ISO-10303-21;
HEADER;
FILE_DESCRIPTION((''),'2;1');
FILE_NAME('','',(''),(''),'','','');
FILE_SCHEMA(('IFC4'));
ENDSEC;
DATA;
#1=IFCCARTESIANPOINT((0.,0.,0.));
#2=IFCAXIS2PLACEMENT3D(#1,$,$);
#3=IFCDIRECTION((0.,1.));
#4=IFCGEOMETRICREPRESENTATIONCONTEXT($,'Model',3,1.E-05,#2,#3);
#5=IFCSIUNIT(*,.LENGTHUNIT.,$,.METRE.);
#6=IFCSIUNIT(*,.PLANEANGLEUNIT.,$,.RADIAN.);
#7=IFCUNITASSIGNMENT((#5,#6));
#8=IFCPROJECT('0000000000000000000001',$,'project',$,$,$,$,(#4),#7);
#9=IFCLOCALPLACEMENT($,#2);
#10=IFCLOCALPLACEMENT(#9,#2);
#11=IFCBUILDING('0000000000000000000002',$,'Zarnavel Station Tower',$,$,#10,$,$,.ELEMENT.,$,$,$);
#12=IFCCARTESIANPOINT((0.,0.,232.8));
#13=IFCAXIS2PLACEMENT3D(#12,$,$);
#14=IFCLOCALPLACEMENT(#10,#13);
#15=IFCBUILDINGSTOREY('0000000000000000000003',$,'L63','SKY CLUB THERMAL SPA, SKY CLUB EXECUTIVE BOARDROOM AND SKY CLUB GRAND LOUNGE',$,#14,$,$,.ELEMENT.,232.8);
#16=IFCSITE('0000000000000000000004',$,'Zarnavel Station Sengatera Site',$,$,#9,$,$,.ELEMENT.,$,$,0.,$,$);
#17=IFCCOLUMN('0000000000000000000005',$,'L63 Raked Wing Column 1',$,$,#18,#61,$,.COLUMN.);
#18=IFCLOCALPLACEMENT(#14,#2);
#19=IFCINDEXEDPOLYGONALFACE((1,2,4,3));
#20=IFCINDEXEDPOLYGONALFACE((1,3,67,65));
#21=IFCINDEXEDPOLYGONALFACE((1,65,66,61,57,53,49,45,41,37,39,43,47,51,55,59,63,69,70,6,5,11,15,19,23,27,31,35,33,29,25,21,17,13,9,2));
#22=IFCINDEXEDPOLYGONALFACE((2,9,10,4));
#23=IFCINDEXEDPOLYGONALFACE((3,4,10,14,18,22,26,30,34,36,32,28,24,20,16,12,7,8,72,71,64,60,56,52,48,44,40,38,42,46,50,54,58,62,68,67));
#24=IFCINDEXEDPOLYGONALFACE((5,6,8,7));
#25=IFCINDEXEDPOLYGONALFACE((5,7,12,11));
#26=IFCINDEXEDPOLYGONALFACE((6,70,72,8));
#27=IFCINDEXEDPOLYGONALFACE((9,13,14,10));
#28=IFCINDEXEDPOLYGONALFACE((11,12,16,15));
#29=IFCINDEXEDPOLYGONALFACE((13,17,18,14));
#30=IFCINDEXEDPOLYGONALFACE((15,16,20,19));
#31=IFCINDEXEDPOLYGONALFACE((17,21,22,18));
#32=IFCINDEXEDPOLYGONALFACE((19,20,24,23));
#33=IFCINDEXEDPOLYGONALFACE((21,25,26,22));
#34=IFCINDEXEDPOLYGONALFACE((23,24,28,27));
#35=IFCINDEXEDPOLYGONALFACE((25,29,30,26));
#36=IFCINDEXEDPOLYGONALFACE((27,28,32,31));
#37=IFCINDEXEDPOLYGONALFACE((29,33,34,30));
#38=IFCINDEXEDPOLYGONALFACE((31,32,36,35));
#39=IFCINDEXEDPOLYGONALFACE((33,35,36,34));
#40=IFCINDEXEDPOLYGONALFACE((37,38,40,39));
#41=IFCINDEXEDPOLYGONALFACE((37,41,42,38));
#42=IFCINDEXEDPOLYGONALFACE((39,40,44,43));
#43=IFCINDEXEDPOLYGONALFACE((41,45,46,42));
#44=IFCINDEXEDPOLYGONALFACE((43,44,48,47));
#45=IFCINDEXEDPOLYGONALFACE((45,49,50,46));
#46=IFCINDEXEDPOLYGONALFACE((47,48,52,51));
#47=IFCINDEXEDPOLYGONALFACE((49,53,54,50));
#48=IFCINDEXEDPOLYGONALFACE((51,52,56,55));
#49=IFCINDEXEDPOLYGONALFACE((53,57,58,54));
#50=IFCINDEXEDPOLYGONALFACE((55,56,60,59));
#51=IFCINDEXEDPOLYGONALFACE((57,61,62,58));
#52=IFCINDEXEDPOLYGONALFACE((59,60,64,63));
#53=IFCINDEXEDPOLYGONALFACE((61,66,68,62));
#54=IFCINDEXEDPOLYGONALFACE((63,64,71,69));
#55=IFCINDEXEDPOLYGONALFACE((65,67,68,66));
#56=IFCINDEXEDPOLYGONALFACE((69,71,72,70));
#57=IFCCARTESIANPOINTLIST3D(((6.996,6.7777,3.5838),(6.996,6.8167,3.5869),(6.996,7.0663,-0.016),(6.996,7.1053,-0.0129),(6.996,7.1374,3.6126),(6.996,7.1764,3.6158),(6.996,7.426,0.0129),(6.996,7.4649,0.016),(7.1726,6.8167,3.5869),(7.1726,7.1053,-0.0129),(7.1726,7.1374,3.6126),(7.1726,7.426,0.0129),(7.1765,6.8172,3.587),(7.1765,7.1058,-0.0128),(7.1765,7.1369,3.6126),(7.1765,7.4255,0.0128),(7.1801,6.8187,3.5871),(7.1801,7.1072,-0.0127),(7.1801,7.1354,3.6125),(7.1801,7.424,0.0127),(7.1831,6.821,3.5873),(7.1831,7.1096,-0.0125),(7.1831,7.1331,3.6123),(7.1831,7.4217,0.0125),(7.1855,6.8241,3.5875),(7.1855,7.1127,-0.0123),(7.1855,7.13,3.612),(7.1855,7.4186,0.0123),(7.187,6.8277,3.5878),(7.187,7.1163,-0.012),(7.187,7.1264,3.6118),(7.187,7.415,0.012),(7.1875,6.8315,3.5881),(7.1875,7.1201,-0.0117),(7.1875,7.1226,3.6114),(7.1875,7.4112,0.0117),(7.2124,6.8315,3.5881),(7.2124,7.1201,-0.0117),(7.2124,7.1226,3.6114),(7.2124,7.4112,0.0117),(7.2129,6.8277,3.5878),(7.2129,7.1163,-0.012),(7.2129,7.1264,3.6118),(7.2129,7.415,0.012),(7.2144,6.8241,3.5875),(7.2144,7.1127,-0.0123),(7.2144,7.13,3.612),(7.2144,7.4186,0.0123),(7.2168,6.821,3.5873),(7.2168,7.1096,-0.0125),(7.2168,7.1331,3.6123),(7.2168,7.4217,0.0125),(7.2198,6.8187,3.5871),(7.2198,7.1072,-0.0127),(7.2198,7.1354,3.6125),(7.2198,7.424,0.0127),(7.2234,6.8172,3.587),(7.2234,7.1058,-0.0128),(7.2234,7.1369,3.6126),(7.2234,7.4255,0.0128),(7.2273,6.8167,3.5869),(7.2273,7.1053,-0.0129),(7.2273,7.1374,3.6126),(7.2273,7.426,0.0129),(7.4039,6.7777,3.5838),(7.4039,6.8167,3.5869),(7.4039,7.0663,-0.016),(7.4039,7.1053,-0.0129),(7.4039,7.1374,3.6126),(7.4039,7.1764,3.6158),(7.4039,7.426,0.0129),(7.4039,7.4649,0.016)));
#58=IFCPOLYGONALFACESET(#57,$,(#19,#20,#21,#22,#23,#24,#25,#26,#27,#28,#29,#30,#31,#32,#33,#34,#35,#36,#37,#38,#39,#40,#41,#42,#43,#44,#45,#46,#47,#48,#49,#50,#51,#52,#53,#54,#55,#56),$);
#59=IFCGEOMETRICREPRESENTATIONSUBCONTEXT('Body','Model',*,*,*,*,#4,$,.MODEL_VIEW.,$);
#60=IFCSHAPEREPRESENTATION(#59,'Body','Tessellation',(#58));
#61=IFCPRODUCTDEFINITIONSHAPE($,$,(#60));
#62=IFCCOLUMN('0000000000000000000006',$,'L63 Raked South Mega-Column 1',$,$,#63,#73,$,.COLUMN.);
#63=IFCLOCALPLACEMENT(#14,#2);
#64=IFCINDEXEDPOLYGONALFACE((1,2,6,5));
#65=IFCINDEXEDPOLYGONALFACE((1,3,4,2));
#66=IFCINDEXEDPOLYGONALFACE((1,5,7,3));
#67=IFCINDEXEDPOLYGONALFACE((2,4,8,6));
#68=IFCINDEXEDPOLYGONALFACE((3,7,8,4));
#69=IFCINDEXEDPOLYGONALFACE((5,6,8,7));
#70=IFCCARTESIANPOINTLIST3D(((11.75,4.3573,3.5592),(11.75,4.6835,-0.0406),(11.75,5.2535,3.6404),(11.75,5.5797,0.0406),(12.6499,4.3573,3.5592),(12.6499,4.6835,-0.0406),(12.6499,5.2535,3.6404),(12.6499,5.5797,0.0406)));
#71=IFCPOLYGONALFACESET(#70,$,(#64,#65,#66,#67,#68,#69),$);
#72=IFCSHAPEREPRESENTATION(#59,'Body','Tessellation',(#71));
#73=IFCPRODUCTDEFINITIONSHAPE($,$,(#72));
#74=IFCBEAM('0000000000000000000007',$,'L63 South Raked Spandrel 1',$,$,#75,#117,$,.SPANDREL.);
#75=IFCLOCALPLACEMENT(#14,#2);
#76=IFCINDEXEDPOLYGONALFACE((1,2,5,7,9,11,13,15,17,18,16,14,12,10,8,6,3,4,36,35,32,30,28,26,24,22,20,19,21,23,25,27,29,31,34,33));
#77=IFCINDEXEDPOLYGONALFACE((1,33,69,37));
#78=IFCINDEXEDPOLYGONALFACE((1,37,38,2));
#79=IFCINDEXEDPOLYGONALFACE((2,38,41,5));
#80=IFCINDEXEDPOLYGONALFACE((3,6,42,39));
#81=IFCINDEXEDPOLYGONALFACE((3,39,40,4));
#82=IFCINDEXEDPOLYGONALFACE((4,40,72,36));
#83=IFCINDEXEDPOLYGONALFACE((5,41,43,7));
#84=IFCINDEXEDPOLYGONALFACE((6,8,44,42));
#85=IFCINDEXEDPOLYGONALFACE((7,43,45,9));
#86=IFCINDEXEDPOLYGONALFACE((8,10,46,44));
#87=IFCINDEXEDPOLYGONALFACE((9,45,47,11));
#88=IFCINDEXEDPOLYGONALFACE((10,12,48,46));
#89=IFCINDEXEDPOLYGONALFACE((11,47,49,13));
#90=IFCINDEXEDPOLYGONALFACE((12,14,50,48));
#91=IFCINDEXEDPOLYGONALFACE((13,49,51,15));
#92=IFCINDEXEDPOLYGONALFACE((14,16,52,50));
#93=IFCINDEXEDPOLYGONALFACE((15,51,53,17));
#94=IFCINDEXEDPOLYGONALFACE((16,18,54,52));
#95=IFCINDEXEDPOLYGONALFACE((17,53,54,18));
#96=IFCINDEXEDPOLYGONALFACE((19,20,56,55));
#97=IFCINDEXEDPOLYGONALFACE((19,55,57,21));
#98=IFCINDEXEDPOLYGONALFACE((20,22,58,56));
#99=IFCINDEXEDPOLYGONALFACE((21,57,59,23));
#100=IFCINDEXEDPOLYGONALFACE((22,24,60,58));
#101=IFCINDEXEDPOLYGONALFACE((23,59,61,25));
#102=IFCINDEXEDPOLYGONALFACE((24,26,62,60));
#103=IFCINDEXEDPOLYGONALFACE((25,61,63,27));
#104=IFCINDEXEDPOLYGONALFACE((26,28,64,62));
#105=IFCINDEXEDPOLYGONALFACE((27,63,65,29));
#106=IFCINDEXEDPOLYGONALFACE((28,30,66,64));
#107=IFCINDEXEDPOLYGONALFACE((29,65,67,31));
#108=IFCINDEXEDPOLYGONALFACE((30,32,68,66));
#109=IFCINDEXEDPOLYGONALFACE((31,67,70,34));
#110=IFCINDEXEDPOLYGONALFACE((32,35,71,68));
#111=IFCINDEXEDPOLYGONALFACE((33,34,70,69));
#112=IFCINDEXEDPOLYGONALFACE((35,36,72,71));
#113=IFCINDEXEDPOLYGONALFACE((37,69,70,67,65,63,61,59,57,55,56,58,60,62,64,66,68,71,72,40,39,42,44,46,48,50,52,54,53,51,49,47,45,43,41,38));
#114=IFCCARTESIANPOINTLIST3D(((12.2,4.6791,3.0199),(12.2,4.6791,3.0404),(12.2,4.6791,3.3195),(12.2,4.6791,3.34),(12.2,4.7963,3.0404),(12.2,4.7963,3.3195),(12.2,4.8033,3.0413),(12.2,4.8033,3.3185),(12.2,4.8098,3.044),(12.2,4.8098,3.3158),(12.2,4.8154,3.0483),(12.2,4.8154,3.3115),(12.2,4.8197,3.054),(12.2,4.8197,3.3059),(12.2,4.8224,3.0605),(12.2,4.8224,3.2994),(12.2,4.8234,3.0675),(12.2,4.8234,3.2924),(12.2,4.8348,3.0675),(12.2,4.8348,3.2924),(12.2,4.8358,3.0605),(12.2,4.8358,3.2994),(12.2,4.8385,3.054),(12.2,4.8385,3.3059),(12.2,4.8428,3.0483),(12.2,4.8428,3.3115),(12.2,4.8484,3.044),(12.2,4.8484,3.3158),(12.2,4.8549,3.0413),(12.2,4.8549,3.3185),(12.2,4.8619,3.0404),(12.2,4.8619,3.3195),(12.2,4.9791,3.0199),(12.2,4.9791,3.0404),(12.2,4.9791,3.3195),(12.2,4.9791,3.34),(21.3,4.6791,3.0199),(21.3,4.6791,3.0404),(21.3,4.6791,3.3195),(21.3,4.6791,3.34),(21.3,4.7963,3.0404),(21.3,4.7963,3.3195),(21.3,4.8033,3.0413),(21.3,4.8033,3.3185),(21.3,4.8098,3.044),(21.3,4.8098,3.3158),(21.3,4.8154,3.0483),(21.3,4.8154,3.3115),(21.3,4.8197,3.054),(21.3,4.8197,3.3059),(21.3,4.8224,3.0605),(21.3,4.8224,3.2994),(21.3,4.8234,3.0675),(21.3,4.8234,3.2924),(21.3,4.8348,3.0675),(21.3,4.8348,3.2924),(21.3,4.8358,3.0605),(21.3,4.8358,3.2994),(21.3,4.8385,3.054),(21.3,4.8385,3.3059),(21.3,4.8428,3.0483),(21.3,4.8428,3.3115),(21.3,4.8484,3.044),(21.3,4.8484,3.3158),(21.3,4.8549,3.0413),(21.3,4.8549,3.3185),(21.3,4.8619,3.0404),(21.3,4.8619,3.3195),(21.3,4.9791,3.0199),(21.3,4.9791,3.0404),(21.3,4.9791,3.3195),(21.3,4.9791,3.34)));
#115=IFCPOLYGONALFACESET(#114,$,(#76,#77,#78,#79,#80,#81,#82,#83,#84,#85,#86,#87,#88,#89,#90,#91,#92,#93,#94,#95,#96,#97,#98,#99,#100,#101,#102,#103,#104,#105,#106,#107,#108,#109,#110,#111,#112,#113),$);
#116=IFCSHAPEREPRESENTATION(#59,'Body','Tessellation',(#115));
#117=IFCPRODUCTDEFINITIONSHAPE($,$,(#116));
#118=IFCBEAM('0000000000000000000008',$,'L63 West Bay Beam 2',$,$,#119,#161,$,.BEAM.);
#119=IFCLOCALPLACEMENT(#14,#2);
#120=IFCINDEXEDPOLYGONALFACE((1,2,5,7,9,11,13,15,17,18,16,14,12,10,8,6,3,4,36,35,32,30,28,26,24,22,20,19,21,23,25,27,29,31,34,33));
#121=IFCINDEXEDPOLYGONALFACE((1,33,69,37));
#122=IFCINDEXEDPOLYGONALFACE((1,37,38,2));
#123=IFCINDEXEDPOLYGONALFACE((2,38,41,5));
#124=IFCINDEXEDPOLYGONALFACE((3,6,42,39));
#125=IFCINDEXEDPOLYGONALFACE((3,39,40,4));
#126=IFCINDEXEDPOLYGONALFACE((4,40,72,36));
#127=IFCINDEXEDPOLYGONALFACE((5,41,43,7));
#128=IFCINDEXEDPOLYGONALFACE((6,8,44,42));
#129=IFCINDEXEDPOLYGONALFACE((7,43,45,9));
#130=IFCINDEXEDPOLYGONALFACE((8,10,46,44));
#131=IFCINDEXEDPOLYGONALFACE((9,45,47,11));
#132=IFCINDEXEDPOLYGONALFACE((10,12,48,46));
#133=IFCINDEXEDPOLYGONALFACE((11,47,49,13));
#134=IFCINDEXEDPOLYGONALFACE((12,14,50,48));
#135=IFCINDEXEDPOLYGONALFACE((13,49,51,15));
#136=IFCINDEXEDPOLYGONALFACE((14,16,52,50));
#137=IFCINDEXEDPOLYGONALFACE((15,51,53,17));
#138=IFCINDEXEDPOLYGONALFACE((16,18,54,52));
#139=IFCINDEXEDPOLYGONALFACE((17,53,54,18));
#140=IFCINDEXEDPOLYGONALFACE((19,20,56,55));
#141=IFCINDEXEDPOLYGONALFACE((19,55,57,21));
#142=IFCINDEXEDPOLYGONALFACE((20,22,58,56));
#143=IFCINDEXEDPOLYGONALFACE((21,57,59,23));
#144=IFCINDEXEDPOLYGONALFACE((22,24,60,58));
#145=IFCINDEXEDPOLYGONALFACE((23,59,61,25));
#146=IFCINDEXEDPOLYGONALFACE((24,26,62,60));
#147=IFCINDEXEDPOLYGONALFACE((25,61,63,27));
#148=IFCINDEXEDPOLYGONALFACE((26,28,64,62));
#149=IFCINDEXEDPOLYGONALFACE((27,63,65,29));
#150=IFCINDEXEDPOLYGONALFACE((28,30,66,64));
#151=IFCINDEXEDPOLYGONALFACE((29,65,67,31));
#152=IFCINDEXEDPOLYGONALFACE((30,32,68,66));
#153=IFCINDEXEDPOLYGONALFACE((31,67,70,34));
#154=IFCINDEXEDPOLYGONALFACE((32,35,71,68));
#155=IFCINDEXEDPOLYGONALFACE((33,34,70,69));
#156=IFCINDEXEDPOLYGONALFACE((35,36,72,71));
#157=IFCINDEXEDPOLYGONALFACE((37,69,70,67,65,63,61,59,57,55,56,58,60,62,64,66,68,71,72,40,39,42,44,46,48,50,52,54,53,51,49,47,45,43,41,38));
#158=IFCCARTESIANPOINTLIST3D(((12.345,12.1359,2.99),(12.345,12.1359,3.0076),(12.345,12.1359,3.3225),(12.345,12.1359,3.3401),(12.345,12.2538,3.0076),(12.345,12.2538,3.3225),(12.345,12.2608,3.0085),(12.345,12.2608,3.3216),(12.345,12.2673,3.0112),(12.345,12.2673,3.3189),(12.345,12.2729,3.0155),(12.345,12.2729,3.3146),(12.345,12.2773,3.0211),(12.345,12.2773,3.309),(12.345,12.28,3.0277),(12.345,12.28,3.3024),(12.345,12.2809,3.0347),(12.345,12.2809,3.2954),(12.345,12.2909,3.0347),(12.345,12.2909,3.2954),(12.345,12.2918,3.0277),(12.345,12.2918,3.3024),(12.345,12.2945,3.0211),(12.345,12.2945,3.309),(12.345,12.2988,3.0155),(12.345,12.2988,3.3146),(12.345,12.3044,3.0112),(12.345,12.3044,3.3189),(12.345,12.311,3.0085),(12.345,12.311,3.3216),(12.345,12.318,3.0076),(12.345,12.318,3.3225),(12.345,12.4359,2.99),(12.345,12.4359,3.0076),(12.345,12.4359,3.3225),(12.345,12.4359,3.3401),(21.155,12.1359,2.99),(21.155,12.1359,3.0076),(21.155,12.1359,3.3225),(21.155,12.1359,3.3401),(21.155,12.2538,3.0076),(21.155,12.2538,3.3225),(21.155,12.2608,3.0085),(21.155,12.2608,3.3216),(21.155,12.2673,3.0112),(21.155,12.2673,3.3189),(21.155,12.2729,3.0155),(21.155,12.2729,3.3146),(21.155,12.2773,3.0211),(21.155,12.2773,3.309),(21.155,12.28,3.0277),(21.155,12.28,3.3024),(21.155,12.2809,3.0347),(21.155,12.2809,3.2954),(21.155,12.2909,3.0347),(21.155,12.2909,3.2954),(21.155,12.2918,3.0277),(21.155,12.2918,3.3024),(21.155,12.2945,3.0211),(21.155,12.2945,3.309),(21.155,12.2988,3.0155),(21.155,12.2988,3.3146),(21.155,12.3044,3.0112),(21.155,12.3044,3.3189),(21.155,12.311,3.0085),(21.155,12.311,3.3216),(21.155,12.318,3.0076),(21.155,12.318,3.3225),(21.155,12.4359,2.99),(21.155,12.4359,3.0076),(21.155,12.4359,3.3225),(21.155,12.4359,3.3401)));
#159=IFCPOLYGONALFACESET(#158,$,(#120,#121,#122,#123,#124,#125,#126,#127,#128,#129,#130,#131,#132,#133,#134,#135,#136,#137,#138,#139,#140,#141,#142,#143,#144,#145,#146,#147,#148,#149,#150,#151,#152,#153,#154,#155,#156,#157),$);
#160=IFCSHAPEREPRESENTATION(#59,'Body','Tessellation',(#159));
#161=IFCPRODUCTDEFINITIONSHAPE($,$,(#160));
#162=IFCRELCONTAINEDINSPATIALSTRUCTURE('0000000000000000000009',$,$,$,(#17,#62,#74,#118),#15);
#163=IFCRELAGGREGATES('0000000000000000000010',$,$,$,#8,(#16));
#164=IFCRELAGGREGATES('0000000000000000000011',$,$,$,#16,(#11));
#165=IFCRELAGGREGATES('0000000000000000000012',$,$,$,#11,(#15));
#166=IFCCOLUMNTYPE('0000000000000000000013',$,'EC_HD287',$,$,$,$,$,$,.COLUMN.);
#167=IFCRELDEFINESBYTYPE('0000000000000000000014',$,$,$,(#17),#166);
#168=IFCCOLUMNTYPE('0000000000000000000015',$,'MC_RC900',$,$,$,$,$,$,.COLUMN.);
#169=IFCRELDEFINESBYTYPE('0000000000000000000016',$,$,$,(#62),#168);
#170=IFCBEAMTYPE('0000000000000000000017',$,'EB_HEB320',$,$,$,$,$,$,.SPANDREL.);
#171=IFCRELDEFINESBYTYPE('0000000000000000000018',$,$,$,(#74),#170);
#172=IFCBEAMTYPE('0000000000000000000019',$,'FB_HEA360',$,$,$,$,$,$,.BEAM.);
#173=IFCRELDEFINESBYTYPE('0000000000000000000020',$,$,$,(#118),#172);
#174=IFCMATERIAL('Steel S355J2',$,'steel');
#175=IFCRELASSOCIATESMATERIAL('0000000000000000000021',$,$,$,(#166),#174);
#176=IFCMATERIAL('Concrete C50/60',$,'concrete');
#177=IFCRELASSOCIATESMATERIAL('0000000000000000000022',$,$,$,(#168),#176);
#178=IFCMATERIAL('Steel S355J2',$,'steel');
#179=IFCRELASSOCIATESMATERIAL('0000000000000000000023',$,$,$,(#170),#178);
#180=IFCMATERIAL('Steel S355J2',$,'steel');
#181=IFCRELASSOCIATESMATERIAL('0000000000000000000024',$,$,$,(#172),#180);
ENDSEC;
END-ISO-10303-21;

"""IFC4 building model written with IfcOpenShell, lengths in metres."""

from ifc_helpers import new_model, si_unit, direction, frame, origin, origin_2d, place, context, subcontext, project, spatial, rectangle, i_section, extrude, material, material_profile, profile_set, type_object, element, save


model = new_model("IFC4")

# Units and contexts
model_context = context("Model", 3, precision=1e-05, world=origin(), true_north=direction((0.0, 1.0)))
body_context = subcontext(model_context, "Body", "Model", "MODEL_VIEW")
ifc_project = project(units=[si_unit("LENGTHUNIT", "METRE"), si_unit("PLANEANGLEUNIT", "RADIAN")], contexts=[model_context])

# Site, building, storey
site_placement = place(None, origin())
site = spatial("IfcSite", under=ifc_project, at=site_placement, Name="Zarnavel Station Sengatera Site", CompositionType="ELEMENT", RefElevation=0.0)
building_placement = place(site_placement, origin())
building = spatial("IfcBuilding", under=site, at=building_placement, Name="Zarnavel Station Tower", CompositionType="ELEMENT")
storey_placement = place(building_placement, frame((0.0, 0.0, 232.8)))
storey = spatial("IfcBuildingStorey", under=building, at=storey_placement, Name="L63", Description="SKY CLUB THERMAL SPA, SKY CLUB EXECUTIVE BOARDROOM AND SKY CLUB GRAND LOUNGE", CompositionType="ELEMENT", Elevation=232.8)

# Columns
ifc_material_1 = material(Name="Steel S355J2", Category="steel")
ifc_material_profile_1 = material_profile(ifc_material_1, i_section(OverallWidth=0.408, OverallDepth=0.3999, WebThickness=0.0249, FlangeThickness=0.0391, FilletRadius=0.0149, at=origin_2d()), Name="HD400x287")
ifc_profile_set_1 = profile_set([ifc_material_profile_1], Name="Steel S355J2")
column_type_1 = type_object("IfcColumnType", Name="EC_HD287", PredefinedType="COLUMN", material=ifc_profile_set_1)
column_1_placement = place(storey_placement, frame((7.2, 7.2656, 0.0), z_axis=(0.0, -0.079906, 0.996802), x_axis=(1.0, 0.0, 0.0)))
element("IfcColumn", 1, at=column_1_placement, inside=storey, type_object=column_type_1, Name="L63 Raked Wing Column 1", PredefinedType="COLUMN", context=body_context, shape_type="SweptSolid", body=[
    extrude(i_section(OverallWidth=0.408, OverallDepth=0.3999, WebThickness=0.0249, FlangeThickness=0.0391, FilletRadius=0.0149, at=origin_2d()), origin(), (0.0, 0.0, 1.0), 3.6113),
])
ifc_material_2 = material(Name="Concrete C50/60", Category="concrete")
ifc_material_profile_2 = material_profile(ifc_material_2, rectangle(XDim=0.8999, YDim=0.8999, at=origin_2d()), Name="RC900x900")
ifc_profile_set_2 = profile_set([ifc_material_profile_2], Name="Concrete C50/60")
column_type_2 = type_object("IfcColumnType", Name="MC_RC900", PredefinedType="COLUMN", material=ifc_profile_set_2)
column_2_placement = place(storey_placement, frame((12.2, 5.1316, 0.0), z_axis=(0.0, -0.090237, 0.99592), x_axis=(1.0, 0.0, 0.0)))
element("IfcColumn", 2, at=column_2_placement, inside=storey, type_object=column_type_2, Name="L63 Raked South Mega-Column 1", PredefinedType="COLUMN", context=body_context, shape_type="SweptSolid", body=[
    extrude(rectangle(XDim=0.8999, YDim=0.8999, at=origin_2d()), origin(), (0.0, 0.0, 1.0), 3.6145),
])

# Beams
ifc_material_3 = material(Name="Steel S355J2", Category="steel")
ifc_material_profile_3 = material_profile(ifc_material_3, i_section(OverallWidth=0.3, OverallDepth=0.3201, WebThickness=0.0115, FlangeThickness=0.0205, FilletRadius=0.0271, at=origin_2d()), Name="HEB320")
ifc_profile_set_3 = profile_set([ifc_material_profile_3], Name="Steel S355J2")
beam_type_1 = type_object("IfcBeamType", Name="EB_HEB320", PredefinedType="SPANDREL", material=ifc_profile_set_3)
beam_1_placement = place(storey_placement, frame((12.2, 4.8291, 3.1799), z_axis=(1.0, 0.0, 0.0), x_axis=(0.0, 1.0, 0.0)))
element("IfcBeam", 3, at=beam_1_placement, inside=storey, type_object=beam_type_1, Name="L63 South Raked Spandrel 1", PredefinedType="SPANDREL", context=body_context, shape_type="SweptSolid", body=[
    extrude(i_section(OverallWidth=0.3, OverallDepth=0.3201, WebThickness=0.0115, FlangeThickness=0.0205, FilletRadius=0.0271, at=origin_2d()), origin(), (0.0, 0.0, 1.0), 9.1001),
])
ifc_material_4 = material(Name="Steel S355J2", Category="steel")
ifc_material_profile_4 = material_profile(ifc_material_4, i_section(OverallWidth=0.3, OverallDepth=0.3501, WebThickness=0.01, FlangeThickness=0.0176, FilletRadius=0.0271, at=origin_2d()), Name="HEA360")
ifc_profile_set_4 = profile_set([ifc_material_profile_4], Name="Steel S355J2")
beam_type_2 = type_object("IfcBeamType", Name="FB_HEA360", PredefinedType="BEAM", material=ifc_profile_set_4)
beam_2_placement = place(storey_placement, frame((12.345, 12.2859, 3.165), z_axis=(1.0, 0.0, 0.0), x_axis=(0.0, 1.0, 0.0)))
element("IfcBeam", 4, at=beam_2_placement, inside=storey, type_object=beam_type_2, Name="L63 West Bay Beam 2", PredefinedType="BEAM", context=body_context, shape_type="SweptSolid", body=[
    extrude(i_section(OverallWidth=0.3, OverallDepth=0.3501, WebThickness=0.01, FlangeThickness=0.0176, FilletRadius=0.0271, at=origin_2d()), origin(), (0.0, 0.0, 1.0), 8.8101),
])

save(model, "model.ifc")
